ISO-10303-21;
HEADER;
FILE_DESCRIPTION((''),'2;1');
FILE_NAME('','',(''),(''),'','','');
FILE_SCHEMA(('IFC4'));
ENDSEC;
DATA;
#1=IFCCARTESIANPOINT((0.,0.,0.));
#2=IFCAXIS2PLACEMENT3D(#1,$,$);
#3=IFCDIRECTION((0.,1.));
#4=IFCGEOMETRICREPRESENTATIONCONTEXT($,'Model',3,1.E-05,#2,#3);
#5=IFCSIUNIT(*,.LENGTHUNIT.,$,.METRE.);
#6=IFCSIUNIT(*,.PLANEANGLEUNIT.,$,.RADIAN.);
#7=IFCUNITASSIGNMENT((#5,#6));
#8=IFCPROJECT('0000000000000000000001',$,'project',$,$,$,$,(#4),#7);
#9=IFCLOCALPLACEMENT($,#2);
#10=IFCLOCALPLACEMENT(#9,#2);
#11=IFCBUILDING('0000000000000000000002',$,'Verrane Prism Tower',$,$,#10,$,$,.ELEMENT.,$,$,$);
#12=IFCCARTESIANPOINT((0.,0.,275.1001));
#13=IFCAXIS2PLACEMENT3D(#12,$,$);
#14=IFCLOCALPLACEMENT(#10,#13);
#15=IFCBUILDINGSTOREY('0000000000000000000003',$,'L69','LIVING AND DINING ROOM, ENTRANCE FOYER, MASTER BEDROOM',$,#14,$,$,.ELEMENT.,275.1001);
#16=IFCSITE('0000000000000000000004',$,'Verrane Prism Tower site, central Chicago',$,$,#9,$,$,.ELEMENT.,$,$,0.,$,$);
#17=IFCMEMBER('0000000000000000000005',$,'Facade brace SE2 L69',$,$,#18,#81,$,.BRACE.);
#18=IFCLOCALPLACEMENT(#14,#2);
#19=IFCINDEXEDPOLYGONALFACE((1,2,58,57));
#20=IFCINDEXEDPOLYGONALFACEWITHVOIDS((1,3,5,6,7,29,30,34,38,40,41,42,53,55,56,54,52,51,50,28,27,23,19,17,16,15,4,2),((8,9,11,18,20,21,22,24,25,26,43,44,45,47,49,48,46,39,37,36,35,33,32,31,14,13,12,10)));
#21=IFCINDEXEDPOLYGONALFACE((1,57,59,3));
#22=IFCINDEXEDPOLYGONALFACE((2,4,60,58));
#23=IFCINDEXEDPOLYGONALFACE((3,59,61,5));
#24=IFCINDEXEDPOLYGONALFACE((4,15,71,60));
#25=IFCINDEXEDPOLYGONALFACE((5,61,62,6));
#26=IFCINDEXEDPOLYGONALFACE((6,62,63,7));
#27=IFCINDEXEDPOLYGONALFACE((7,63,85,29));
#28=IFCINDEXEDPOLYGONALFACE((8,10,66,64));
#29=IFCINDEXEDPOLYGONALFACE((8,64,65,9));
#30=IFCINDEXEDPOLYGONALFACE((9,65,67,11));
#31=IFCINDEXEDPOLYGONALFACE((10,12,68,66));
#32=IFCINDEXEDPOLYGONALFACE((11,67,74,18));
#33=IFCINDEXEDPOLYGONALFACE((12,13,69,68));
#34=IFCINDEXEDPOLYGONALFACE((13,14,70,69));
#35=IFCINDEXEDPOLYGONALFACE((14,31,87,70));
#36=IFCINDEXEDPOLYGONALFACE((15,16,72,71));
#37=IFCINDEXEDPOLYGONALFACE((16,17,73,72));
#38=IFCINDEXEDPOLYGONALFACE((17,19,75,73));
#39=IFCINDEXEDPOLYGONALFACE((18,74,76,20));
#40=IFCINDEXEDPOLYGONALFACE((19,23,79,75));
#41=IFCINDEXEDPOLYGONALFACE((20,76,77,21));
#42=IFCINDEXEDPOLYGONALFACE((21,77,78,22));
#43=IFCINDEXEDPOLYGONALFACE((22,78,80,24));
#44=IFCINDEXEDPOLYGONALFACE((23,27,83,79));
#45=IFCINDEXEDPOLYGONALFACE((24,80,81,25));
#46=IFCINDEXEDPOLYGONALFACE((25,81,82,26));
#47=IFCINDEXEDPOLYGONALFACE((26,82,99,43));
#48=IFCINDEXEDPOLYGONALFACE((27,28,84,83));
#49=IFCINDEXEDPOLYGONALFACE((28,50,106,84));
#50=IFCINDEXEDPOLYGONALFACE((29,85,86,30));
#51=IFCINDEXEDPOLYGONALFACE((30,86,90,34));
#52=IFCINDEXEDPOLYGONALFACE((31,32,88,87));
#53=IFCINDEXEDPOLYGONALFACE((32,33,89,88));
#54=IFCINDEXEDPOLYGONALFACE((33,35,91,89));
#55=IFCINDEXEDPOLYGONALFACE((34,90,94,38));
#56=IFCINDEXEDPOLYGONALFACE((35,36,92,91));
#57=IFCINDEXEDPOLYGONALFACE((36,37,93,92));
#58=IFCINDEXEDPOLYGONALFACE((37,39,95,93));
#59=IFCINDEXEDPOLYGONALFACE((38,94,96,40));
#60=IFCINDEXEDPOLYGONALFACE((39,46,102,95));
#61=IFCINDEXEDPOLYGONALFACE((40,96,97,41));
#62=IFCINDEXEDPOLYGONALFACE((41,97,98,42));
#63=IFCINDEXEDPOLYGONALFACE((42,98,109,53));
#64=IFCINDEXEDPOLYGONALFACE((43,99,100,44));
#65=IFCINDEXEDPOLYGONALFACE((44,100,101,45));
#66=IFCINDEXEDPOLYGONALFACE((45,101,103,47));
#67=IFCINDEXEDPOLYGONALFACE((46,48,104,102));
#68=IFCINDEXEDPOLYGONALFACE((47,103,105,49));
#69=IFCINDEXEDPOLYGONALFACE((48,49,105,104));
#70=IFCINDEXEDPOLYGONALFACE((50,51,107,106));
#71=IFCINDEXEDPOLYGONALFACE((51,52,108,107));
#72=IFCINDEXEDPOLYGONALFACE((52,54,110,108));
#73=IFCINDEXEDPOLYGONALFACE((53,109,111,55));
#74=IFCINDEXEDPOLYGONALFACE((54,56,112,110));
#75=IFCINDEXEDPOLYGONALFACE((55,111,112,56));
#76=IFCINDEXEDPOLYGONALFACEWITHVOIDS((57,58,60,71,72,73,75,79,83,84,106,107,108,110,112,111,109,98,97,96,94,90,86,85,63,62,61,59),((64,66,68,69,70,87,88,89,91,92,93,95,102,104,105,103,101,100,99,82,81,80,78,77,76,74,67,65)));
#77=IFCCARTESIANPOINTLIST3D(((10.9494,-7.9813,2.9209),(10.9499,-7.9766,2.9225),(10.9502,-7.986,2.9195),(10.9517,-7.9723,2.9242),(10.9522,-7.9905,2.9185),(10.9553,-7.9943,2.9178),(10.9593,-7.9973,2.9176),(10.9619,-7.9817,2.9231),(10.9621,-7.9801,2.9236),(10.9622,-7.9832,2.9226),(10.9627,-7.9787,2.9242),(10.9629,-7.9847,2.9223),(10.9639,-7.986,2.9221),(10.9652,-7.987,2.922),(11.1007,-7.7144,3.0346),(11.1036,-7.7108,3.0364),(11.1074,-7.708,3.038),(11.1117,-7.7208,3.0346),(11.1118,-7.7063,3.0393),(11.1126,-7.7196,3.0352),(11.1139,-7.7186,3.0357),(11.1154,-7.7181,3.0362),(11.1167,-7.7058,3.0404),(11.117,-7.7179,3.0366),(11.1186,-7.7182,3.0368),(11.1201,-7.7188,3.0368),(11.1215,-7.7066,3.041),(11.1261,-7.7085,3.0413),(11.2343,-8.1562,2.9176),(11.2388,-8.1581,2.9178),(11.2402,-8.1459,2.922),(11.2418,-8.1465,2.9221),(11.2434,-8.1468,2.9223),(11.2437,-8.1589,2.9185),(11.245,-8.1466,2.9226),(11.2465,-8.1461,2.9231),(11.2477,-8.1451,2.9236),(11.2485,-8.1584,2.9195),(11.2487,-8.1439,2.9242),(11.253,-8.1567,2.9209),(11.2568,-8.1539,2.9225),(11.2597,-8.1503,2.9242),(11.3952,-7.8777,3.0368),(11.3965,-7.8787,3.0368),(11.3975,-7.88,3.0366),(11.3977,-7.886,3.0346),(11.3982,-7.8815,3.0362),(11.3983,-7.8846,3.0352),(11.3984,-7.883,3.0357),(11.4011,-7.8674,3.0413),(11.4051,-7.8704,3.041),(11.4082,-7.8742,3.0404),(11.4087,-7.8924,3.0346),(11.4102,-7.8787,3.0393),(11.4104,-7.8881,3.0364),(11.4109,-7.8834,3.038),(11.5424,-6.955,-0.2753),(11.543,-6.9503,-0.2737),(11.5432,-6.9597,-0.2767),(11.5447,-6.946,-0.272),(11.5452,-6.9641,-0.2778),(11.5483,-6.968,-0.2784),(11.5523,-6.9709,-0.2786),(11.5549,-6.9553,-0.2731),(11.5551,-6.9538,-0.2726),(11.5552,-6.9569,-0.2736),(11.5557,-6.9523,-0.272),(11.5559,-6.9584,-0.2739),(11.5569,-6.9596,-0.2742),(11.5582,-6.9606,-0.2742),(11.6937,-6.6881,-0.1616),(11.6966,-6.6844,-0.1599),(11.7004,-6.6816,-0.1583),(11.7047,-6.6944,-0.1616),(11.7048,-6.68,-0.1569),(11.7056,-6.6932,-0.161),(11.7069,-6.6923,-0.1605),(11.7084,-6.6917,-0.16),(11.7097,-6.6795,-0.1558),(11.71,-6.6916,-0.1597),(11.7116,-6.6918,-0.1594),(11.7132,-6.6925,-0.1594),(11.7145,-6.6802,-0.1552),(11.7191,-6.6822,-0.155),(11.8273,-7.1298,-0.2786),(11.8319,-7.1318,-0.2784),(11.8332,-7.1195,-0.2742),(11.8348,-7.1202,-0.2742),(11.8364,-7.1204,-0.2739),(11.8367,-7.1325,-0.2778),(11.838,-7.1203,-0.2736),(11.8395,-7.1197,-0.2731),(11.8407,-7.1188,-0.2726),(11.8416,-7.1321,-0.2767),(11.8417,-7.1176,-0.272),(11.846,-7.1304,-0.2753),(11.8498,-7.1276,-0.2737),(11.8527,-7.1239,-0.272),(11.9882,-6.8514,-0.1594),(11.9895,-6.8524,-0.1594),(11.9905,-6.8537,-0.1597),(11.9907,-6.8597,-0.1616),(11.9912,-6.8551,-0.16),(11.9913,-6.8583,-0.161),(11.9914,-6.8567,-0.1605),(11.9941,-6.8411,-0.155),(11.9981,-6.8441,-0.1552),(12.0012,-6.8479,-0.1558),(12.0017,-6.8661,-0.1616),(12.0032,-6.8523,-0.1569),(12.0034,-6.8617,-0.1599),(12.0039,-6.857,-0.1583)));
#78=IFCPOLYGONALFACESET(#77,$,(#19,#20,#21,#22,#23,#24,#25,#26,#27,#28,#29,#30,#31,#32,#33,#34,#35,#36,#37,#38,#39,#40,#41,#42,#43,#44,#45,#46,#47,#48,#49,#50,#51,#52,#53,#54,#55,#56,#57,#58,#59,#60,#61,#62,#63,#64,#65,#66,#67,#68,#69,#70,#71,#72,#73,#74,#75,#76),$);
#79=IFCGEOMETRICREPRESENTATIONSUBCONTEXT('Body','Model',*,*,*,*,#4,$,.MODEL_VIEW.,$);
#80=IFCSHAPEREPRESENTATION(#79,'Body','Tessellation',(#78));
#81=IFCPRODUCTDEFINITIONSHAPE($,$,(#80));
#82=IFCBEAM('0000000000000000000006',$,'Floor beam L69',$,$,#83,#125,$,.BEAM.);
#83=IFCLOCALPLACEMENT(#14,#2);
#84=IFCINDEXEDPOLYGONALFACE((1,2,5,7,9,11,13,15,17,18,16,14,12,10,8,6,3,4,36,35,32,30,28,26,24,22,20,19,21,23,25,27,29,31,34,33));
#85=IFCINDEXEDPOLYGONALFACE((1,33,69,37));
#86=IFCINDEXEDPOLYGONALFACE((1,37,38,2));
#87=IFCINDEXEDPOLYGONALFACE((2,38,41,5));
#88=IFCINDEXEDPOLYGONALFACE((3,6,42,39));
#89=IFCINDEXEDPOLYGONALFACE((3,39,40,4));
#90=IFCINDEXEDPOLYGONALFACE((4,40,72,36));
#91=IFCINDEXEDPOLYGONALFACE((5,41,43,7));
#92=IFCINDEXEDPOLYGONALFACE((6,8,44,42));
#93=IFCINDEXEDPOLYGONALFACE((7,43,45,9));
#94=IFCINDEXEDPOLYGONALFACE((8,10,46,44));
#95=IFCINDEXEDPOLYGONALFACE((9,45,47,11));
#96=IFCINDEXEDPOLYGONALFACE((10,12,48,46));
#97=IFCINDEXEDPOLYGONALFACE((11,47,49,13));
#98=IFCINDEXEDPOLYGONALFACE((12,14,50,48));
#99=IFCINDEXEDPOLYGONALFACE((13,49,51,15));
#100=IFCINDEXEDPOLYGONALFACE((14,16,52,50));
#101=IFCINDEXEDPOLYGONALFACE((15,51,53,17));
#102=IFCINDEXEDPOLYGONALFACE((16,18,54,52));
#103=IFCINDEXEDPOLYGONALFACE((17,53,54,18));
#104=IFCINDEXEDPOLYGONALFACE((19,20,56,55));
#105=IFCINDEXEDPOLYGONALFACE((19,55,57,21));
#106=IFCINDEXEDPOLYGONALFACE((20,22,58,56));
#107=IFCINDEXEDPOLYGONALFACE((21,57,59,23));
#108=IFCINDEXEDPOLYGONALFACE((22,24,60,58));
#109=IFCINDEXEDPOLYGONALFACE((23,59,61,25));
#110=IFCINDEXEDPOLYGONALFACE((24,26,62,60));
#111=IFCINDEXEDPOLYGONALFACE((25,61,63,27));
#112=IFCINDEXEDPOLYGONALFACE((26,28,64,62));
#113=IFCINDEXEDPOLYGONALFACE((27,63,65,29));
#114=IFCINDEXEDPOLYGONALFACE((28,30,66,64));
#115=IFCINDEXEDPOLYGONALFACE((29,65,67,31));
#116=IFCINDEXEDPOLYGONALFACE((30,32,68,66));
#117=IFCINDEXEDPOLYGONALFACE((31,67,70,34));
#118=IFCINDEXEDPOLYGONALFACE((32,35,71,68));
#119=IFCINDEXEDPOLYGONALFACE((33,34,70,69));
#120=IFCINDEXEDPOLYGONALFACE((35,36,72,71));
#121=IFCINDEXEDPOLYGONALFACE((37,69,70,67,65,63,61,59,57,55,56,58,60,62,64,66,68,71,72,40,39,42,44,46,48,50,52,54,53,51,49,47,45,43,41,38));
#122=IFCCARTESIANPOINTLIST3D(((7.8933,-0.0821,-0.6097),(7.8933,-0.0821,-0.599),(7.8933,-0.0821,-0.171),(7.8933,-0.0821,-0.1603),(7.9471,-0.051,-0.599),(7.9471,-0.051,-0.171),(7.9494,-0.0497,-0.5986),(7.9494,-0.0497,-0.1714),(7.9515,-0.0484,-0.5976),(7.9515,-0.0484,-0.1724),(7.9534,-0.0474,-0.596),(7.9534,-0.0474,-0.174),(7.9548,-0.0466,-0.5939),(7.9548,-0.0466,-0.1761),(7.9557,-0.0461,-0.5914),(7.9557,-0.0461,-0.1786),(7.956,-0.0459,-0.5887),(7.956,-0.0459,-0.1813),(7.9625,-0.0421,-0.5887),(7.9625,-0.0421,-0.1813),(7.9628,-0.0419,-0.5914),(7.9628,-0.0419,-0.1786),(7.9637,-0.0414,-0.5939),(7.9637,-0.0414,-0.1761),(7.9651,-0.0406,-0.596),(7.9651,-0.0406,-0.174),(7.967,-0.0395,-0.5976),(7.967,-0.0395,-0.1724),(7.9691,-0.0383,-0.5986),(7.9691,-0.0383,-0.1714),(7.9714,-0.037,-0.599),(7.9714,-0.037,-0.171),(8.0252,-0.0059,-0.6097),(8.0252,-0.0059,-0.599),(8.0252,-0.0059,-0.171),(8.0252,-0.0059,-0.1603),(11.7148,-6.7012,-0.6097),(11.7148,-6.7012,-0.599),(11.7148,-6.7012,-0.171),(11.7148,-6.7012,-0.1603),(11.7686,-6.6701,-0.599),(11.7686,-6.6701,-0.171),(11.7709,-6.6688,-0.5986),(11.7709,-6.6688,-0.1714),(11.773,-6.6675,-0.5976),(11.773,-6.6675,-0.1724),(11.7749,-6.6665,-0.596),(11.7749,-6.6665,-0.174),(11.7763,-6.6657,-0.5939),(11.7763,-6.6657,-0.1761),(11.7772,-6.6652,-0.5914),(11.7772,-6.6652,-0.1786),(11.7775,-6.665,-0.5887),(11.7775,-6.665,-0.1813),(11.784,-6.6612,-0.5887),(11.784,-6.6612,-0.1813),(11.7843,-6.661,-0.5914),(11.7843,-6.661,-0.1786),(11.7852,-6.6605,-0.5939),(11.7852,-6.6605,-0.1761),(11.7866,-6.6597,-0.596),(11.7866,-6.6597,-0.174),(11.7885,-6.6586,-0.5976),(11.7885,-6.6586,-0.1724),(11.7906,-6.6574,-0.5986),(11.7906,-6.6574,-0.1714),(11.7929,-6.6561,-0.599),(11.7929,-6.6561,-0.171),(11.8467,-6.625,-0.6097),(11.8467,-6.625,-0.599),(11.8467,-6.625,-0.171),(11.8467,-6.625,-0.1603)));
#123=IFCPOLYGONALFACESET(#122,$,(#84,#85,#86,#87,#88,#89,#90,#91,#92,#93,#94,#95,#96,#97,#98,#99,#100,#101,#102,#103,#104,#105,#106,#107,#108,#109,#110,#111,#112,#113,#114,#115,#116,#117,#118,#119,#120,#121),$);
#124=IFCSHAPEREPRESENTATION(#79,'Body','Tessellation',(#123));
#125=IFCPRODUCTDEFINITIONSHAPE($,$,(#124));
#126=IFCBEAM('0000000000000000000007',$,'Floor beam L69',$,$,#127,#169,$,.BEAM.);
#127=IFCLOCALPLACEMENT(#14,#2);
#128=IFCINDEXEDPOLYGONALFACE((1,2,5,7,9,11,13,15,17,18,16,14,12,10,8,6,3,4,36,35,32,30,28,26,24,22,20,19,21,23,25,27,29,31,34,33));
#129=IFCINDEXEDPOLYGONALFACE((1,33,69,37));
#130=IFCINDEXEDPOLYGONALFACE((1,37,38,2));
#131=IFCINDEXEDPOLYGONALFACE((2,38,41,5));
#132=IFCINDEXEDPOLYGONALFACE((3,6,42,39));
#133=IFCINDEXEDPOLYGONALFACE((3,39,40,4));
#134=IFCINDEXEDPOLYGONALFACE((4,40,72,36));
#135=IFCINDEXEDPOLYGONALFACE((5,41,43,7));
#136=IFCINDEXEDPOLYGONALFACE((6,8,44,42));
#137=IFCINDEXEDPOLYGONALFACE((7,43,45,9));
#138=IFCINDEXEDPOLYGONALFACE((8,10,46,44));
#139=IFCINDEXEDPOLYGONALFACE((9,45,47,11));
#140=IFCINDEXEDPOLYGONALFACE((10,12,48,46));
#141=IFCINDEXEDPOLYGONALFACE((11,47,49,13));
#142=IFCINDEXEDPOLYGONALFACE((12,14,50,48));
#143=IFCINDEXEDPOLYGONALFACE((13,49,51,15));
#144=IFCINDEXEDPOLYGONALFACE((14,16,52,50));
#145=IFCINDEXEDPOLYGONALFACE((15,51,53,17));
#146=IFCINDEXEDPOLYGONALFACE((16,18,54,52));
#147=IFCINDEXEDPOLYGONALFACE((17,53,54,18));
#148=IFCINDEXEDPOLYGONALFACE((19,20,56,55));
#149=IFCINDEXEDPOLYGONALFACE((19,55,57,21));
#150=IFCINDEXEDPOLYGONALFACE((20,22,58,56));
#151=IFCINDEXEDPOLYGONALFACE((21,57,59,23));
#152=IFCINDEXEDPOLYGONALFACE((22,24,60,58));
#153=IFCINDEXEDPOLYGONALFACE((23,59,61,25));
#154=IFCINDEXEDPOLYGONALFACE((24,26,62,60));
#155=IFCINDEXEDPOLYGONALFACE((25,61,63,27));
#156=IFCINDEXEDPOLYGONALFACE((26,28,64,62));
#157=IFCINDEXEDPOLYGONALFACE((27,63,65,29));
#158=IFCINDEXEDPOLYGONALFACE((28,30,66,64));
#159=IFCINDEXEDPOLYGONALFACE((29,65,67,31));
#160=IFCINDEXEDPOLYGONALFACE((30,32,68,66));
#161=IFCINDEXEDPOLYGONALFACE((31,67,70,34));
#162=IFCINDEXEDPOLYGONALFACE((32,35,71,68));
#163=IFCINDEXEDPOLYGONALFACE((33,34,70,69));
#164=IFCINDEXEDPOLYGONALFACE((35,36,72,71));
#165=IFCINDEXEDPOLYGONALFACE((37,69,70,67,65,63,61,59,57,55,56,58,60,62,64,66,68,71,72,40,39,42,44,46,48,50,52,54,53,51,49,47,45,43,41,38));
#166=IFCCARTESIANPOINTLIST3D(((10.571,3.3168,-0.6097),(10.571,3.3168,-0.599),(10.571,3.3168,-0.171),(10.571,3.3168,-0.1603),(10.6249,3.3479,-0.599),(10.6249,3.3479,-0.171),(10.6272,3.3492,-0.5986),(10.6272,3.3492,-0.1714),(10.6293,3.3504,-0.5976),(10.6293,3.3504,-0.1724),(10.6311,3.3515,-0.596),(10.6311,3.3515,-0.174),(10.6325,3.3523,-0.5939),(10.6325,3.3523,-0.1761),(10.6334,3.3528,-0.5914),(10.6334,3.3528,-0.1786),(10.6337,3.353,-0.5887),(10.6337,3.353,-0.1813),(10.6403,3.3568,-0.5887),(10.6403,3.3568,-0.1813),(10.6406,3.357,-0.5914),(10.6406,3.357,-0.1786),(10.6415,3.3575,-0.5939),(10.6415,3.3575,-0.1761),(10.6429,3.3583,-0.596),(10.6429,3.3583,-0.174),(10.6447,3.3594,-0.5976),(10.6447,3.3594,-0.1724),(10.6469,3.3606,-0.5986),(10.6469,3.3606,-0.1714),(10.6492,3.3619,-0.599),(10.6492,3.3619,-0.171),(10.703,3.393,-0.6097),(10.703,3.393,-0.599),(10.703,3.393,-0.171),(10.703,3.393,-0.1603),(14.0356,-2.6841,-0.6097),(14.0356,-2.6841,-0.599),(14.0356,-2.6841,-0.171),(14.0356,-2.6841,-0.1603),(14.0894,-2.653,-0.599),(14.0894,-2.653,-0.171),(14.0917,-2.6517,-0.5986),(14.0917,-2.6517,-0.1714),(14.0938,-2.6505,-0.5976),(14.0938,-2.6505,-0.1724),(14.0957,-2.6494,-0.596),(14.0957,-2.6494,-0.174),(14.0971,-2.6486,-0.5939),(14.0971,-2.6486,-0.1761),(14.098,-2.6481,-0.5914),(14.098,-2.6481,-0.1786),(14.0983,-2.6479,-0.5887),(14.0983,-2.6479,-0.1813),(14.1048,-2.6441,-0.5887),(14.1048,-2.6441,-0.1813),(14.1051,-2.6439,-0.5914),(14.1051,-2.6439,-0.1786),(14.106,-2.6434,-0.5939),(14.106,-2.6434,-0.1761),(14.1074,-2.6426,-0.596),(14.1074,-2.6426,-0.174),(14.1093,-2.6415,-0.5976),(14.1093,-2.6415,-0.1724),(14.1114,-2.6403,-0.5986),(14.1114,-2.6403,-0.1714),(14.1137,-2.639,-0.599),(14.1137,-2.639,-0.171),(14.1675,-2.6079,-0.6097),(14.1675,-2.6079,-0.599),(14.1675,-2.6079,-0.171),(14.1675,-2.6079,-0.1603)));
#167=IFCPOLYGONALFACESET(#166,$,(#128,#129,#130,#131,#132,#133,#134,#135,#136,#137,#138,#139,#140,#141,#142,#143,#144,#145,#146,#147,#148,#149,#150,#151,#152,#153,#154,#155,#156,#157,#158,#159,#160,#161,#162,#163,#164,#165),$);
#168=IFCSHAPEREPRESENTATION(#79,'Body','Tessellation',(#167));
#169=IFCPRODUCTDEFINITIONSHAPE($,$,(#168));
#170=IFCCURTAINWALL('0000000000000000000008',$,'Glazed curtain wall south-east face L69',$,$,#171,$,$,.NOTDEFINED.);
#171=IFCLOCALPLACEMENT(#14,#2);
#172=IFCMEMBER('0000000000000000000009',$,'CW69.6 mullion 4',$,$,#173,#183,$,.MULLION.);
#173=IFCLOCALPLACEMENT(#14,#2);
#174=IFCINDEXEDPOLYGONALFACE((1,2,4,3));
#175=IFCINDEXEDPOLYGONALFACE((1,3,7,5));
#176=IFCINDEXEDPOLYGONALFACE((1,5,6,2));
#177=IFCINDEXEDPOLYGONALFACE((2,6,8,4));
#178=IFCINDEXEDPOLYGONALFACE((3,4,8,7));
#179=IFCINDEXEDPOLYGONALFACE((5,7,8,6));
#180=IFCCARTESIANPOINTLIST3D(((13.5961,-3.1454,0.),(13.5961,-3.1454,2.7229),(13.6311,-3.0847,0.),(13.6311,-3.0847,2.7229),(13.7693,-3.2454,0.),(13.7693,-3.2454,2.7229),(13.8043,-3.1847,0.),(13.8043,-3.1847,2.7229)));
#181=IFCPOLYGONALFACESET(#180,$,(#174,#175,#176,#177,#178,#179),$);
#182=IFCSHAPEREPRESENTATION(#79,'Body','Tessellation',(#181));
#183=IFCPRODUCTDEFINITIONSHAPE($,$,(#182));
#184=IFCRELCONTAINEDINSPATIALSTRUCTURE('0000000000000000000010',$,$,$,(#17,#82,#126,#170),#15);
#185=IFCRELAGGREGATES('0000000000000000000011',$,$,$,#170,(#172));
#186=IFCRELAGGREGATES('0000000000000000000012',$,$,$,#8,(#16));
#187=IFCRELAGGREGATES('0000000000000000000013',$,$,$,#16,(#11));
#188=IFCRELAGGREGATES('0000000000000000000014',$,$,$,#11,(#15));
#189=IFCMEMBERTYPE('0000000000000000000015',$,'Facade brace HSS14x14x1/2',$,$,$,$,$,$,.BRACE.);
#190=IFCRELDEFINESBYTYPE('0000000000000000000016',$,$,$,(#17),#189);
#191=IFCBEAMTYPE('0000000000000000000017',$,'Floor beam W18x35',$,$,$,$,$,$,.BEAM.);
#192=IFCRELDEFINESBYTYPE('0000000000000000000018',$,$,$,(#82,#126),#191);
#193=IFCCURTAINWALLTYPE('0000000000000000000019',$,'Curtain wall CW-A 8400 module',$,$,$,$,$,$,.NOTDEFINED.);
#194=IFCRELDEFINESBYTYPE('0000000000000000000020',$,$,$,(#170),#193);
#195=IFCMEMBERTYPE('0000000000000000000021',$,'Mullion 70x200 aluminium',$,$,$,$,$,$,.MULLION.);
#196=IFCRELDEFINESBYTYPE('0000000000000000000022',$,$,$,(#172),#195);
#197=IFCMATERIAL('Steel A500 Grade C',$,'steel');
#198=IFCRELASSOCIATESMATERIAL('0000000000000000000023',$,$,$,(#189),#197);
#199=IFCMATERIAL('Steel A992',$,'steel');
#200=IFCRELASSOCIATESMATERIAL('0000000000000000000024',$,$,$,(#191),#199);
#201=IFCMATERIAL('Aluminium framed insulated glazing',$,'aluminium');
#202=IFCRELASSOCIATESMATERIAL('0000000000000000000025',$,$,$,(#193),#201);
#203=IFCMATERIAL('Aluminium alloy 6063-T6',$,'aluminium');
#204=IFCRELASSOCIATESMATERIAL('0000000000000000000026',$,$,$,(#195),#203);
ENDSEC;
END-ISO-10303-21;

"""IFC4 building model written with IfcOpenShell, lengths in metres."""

from ifc_helpers import new_model, si_unit, direction, frame, origin, origin_2d, place, context, subcontext, project, spatial, rectangle, hollow_rectangle, i_section, extrude, material, material_profile, profile_set, type_object, element, aggregate, save


model = new_model("IFC4")

# Units and contexts
model_context = context("Model", 3, precision=1e-05, world=origin(), true_north=direction((0.0, 1.0)))
body_context = subcontext(model_context, "Body", "Model", "MODEL_VIEW")
ifc_project = project(units=[si_unit("LENGTHUNIT", "METRE"), si_unit("PLANEANGLEUNIT", "RADIAN")], contexts=[model_context])

# Site, building, storey
site_placement = place(None, origin())
site = spatial("IfcSite", under=ifc_project, at=site_placement, Name="Verrane Prism Tower site, central Chicago", CompositionType="ELEMENT", RefElevation=0.0)
building_placement = place(site_placement, origin())
building = spatial("IfcBuilding", under=site, at=building_placement, Name="Verrane Prism Tower", CompositionType="ELEMENT")
storey_placement = place(building_placement, frame((0.0, 0.0, 275.1001)))
storey = spatial("IfcBuildingStorey", under=building, at=storey_placement, Name="L69", Description="LIVING AND DINING ROOM, ENTRANCE FOYER, MASTER BEDROOM", CompositionType="ELEMENT", Elevation=275.1001)

# Member
ifc_material_1 = material(Name="Steel A500 Grade C", Category="steel")
ifc_material_profile_1 = material_profile(ifc_material_1, hollow_rectangle(XDim=0.3557, YDim=0.3557, WallThickness=0.0127, InnerFilletRadius=0.0063, OuterFilletRadius=0.019, at=origin_2d()), Name="HSS14x14x1/2")
ifc_profile_set_1 = profile_set([ifc_material_profile_1], Name="Steel A500 Grade C")
member_type_1 = type_object("IfcMemberType", Name="Facade brace HSS14x14x1/2", PredefinedType="BRACE", material=ifc_profile_set_1)
member_1_placement = place(storey_placement, frame((11.7732, -6.906, -0.2168), z_axis=(-0.173956, -0.301075, 0.9376), x_axis=(0.865863, -0.500281, 0.0)))
element("IfcMember", 1, at=member_1_placement, inside=storey, type_object=member_type_1, Name="Facade brace SE2 L69", PredefinedType="BRACE", context=body_context, shape_type="SweptSolid", body=[
    extrude(hollow_rectangle(XDim=0.3557, YDim=0.3557, WallThickness=0.0127, InnerFilletRadius=0.0063, OuterFilletRadius=0.019, at=origin_2d()), origin(), (0.0, 0.0, 1.0), 3.4089),
])

# Beams
ifc_material_2 = material(Name="Steel A992", Category="steel")
ifc_material_profile_2 = material_profile(ifc_material_2, i_section(OverallWidth=0.1523, OverallDepth=0.4495, WebThickness=0.0076, FlangeThickness=0.0107, FilletRadius=0.0103, at=origin_2d()), Name="W18x35")
ifc_profile_set_2 = profile_set([ifc_material_profile_2], Name="Steel A992")
beam_type_1 = type_object("IfcBeamType", Name="Floor beam W18x35", PredefinedType="BEAM", material=ifc_profile_set_2)
beam_1_placement = place(storey_placement, frame((11.7808, -6.6631, -0.385), z_axis=(-0.499997, 0.866027, 0.0), x_axis=(-0.866027, -0.499997, 0.0)))
element("IfcBeam", 2, at=beam_1_placement, inside=storey, type_object=beam_type_1, Name="Floor beam L69", PredefinedType="BEAM", context=body_context, shape_type="SweptSolid", body=[
    extrude(i_section(OverallWidth=0.1523, OverallDepth=0.4495, WebThickness=0.0076, FlangeThickness=0.0107, FilletRadius=0.0103, at=origin_2d()), origin(), (0.0, 0.0, 1.0), 7.6431),
])
beam_2_placement = place(storey_placement, frame((14.1016, -2.646, -0.385), z_axis=(-0.499993, 0.86603, 0.0), x_axis=(-0.86603, -0.499993, 0.0)))
element("IfcBeam", 3, at=beam_2_placement, inside=storey, type_object=beam_type_1, Name="Floor beam L69", PredefinedType="BEAM", context=body_context, shape_type="SweptSolid", body=[
    extrude(i_section(OverallWidth=0.1523, OverallDepth=0.4495, WebThickness=0.0076, FlangeThickness=0.0107, FilletRadius=0.0103, at=origin_2d()), origin(), (0.0, 0.0, 1.0), 6.9292),
])

# Curtain wall, member
ifc_material_3 = material(Name="Aluminium framed insulated glazing", Category="aluminium")
curtain_wall_type = type_object("IfcCurtainWallType", Name="Curtain wall CW-A 8400 module", PredefinedType="NOTDEFINED", material=ifc_material_3)
curtain_wall_placement = place(storey_placement, origin())
curtain_wall = element("IfcCurtainWall", 4, at=curtain_wall_placement, inside=storey, type_object=curtain_wall_type, Name="Glazed curtain wall south-east face L69", PredefinedType="NOTDEFINED")
ifc_material_4 = material(Name="Aluminium alloy 6063-T6", Category="aluminium")
ifc_material_profile_3 = material_profile(ifc_material_4, rectangle(XDim=0.2, YDim=0.0701, at=origin_2d()), Name="Mullion 70x200 aluminium")
ifc_profile_set_3 = profile_set([ifc_material_profile_3], Name="Aluminium alloy 6063-T6")
member_type_2 = type_object("IfcMemberType", Name="Mullion 70x200 aluminium", PredefinedType="MULLION", material=ifc_profile_set_3)
member_2_placement = place(storey_placement, frame((13.7002, -3.165, 0.0), z_axis=(0.0, 0.0, 1.0), x_axis=(-0.866025, 0.500001, 0.0)))
member_2 = element("IfcMember", 5, at=member_2_placement, type_object=member_type_2, Name="CW69.6 mullion 4", PredefinedType="MULLION", context=body_context, shape_type="SweptSolid", body=[
    extrude(rectangle(XDim=0.2, YDim=0.0701, at=origin_2d()), origin(), (0.0, 0.0, 1.0), 2.7229),
])

aggregate(curtain_wall, [member_2])

save(model, "model.ifc")
